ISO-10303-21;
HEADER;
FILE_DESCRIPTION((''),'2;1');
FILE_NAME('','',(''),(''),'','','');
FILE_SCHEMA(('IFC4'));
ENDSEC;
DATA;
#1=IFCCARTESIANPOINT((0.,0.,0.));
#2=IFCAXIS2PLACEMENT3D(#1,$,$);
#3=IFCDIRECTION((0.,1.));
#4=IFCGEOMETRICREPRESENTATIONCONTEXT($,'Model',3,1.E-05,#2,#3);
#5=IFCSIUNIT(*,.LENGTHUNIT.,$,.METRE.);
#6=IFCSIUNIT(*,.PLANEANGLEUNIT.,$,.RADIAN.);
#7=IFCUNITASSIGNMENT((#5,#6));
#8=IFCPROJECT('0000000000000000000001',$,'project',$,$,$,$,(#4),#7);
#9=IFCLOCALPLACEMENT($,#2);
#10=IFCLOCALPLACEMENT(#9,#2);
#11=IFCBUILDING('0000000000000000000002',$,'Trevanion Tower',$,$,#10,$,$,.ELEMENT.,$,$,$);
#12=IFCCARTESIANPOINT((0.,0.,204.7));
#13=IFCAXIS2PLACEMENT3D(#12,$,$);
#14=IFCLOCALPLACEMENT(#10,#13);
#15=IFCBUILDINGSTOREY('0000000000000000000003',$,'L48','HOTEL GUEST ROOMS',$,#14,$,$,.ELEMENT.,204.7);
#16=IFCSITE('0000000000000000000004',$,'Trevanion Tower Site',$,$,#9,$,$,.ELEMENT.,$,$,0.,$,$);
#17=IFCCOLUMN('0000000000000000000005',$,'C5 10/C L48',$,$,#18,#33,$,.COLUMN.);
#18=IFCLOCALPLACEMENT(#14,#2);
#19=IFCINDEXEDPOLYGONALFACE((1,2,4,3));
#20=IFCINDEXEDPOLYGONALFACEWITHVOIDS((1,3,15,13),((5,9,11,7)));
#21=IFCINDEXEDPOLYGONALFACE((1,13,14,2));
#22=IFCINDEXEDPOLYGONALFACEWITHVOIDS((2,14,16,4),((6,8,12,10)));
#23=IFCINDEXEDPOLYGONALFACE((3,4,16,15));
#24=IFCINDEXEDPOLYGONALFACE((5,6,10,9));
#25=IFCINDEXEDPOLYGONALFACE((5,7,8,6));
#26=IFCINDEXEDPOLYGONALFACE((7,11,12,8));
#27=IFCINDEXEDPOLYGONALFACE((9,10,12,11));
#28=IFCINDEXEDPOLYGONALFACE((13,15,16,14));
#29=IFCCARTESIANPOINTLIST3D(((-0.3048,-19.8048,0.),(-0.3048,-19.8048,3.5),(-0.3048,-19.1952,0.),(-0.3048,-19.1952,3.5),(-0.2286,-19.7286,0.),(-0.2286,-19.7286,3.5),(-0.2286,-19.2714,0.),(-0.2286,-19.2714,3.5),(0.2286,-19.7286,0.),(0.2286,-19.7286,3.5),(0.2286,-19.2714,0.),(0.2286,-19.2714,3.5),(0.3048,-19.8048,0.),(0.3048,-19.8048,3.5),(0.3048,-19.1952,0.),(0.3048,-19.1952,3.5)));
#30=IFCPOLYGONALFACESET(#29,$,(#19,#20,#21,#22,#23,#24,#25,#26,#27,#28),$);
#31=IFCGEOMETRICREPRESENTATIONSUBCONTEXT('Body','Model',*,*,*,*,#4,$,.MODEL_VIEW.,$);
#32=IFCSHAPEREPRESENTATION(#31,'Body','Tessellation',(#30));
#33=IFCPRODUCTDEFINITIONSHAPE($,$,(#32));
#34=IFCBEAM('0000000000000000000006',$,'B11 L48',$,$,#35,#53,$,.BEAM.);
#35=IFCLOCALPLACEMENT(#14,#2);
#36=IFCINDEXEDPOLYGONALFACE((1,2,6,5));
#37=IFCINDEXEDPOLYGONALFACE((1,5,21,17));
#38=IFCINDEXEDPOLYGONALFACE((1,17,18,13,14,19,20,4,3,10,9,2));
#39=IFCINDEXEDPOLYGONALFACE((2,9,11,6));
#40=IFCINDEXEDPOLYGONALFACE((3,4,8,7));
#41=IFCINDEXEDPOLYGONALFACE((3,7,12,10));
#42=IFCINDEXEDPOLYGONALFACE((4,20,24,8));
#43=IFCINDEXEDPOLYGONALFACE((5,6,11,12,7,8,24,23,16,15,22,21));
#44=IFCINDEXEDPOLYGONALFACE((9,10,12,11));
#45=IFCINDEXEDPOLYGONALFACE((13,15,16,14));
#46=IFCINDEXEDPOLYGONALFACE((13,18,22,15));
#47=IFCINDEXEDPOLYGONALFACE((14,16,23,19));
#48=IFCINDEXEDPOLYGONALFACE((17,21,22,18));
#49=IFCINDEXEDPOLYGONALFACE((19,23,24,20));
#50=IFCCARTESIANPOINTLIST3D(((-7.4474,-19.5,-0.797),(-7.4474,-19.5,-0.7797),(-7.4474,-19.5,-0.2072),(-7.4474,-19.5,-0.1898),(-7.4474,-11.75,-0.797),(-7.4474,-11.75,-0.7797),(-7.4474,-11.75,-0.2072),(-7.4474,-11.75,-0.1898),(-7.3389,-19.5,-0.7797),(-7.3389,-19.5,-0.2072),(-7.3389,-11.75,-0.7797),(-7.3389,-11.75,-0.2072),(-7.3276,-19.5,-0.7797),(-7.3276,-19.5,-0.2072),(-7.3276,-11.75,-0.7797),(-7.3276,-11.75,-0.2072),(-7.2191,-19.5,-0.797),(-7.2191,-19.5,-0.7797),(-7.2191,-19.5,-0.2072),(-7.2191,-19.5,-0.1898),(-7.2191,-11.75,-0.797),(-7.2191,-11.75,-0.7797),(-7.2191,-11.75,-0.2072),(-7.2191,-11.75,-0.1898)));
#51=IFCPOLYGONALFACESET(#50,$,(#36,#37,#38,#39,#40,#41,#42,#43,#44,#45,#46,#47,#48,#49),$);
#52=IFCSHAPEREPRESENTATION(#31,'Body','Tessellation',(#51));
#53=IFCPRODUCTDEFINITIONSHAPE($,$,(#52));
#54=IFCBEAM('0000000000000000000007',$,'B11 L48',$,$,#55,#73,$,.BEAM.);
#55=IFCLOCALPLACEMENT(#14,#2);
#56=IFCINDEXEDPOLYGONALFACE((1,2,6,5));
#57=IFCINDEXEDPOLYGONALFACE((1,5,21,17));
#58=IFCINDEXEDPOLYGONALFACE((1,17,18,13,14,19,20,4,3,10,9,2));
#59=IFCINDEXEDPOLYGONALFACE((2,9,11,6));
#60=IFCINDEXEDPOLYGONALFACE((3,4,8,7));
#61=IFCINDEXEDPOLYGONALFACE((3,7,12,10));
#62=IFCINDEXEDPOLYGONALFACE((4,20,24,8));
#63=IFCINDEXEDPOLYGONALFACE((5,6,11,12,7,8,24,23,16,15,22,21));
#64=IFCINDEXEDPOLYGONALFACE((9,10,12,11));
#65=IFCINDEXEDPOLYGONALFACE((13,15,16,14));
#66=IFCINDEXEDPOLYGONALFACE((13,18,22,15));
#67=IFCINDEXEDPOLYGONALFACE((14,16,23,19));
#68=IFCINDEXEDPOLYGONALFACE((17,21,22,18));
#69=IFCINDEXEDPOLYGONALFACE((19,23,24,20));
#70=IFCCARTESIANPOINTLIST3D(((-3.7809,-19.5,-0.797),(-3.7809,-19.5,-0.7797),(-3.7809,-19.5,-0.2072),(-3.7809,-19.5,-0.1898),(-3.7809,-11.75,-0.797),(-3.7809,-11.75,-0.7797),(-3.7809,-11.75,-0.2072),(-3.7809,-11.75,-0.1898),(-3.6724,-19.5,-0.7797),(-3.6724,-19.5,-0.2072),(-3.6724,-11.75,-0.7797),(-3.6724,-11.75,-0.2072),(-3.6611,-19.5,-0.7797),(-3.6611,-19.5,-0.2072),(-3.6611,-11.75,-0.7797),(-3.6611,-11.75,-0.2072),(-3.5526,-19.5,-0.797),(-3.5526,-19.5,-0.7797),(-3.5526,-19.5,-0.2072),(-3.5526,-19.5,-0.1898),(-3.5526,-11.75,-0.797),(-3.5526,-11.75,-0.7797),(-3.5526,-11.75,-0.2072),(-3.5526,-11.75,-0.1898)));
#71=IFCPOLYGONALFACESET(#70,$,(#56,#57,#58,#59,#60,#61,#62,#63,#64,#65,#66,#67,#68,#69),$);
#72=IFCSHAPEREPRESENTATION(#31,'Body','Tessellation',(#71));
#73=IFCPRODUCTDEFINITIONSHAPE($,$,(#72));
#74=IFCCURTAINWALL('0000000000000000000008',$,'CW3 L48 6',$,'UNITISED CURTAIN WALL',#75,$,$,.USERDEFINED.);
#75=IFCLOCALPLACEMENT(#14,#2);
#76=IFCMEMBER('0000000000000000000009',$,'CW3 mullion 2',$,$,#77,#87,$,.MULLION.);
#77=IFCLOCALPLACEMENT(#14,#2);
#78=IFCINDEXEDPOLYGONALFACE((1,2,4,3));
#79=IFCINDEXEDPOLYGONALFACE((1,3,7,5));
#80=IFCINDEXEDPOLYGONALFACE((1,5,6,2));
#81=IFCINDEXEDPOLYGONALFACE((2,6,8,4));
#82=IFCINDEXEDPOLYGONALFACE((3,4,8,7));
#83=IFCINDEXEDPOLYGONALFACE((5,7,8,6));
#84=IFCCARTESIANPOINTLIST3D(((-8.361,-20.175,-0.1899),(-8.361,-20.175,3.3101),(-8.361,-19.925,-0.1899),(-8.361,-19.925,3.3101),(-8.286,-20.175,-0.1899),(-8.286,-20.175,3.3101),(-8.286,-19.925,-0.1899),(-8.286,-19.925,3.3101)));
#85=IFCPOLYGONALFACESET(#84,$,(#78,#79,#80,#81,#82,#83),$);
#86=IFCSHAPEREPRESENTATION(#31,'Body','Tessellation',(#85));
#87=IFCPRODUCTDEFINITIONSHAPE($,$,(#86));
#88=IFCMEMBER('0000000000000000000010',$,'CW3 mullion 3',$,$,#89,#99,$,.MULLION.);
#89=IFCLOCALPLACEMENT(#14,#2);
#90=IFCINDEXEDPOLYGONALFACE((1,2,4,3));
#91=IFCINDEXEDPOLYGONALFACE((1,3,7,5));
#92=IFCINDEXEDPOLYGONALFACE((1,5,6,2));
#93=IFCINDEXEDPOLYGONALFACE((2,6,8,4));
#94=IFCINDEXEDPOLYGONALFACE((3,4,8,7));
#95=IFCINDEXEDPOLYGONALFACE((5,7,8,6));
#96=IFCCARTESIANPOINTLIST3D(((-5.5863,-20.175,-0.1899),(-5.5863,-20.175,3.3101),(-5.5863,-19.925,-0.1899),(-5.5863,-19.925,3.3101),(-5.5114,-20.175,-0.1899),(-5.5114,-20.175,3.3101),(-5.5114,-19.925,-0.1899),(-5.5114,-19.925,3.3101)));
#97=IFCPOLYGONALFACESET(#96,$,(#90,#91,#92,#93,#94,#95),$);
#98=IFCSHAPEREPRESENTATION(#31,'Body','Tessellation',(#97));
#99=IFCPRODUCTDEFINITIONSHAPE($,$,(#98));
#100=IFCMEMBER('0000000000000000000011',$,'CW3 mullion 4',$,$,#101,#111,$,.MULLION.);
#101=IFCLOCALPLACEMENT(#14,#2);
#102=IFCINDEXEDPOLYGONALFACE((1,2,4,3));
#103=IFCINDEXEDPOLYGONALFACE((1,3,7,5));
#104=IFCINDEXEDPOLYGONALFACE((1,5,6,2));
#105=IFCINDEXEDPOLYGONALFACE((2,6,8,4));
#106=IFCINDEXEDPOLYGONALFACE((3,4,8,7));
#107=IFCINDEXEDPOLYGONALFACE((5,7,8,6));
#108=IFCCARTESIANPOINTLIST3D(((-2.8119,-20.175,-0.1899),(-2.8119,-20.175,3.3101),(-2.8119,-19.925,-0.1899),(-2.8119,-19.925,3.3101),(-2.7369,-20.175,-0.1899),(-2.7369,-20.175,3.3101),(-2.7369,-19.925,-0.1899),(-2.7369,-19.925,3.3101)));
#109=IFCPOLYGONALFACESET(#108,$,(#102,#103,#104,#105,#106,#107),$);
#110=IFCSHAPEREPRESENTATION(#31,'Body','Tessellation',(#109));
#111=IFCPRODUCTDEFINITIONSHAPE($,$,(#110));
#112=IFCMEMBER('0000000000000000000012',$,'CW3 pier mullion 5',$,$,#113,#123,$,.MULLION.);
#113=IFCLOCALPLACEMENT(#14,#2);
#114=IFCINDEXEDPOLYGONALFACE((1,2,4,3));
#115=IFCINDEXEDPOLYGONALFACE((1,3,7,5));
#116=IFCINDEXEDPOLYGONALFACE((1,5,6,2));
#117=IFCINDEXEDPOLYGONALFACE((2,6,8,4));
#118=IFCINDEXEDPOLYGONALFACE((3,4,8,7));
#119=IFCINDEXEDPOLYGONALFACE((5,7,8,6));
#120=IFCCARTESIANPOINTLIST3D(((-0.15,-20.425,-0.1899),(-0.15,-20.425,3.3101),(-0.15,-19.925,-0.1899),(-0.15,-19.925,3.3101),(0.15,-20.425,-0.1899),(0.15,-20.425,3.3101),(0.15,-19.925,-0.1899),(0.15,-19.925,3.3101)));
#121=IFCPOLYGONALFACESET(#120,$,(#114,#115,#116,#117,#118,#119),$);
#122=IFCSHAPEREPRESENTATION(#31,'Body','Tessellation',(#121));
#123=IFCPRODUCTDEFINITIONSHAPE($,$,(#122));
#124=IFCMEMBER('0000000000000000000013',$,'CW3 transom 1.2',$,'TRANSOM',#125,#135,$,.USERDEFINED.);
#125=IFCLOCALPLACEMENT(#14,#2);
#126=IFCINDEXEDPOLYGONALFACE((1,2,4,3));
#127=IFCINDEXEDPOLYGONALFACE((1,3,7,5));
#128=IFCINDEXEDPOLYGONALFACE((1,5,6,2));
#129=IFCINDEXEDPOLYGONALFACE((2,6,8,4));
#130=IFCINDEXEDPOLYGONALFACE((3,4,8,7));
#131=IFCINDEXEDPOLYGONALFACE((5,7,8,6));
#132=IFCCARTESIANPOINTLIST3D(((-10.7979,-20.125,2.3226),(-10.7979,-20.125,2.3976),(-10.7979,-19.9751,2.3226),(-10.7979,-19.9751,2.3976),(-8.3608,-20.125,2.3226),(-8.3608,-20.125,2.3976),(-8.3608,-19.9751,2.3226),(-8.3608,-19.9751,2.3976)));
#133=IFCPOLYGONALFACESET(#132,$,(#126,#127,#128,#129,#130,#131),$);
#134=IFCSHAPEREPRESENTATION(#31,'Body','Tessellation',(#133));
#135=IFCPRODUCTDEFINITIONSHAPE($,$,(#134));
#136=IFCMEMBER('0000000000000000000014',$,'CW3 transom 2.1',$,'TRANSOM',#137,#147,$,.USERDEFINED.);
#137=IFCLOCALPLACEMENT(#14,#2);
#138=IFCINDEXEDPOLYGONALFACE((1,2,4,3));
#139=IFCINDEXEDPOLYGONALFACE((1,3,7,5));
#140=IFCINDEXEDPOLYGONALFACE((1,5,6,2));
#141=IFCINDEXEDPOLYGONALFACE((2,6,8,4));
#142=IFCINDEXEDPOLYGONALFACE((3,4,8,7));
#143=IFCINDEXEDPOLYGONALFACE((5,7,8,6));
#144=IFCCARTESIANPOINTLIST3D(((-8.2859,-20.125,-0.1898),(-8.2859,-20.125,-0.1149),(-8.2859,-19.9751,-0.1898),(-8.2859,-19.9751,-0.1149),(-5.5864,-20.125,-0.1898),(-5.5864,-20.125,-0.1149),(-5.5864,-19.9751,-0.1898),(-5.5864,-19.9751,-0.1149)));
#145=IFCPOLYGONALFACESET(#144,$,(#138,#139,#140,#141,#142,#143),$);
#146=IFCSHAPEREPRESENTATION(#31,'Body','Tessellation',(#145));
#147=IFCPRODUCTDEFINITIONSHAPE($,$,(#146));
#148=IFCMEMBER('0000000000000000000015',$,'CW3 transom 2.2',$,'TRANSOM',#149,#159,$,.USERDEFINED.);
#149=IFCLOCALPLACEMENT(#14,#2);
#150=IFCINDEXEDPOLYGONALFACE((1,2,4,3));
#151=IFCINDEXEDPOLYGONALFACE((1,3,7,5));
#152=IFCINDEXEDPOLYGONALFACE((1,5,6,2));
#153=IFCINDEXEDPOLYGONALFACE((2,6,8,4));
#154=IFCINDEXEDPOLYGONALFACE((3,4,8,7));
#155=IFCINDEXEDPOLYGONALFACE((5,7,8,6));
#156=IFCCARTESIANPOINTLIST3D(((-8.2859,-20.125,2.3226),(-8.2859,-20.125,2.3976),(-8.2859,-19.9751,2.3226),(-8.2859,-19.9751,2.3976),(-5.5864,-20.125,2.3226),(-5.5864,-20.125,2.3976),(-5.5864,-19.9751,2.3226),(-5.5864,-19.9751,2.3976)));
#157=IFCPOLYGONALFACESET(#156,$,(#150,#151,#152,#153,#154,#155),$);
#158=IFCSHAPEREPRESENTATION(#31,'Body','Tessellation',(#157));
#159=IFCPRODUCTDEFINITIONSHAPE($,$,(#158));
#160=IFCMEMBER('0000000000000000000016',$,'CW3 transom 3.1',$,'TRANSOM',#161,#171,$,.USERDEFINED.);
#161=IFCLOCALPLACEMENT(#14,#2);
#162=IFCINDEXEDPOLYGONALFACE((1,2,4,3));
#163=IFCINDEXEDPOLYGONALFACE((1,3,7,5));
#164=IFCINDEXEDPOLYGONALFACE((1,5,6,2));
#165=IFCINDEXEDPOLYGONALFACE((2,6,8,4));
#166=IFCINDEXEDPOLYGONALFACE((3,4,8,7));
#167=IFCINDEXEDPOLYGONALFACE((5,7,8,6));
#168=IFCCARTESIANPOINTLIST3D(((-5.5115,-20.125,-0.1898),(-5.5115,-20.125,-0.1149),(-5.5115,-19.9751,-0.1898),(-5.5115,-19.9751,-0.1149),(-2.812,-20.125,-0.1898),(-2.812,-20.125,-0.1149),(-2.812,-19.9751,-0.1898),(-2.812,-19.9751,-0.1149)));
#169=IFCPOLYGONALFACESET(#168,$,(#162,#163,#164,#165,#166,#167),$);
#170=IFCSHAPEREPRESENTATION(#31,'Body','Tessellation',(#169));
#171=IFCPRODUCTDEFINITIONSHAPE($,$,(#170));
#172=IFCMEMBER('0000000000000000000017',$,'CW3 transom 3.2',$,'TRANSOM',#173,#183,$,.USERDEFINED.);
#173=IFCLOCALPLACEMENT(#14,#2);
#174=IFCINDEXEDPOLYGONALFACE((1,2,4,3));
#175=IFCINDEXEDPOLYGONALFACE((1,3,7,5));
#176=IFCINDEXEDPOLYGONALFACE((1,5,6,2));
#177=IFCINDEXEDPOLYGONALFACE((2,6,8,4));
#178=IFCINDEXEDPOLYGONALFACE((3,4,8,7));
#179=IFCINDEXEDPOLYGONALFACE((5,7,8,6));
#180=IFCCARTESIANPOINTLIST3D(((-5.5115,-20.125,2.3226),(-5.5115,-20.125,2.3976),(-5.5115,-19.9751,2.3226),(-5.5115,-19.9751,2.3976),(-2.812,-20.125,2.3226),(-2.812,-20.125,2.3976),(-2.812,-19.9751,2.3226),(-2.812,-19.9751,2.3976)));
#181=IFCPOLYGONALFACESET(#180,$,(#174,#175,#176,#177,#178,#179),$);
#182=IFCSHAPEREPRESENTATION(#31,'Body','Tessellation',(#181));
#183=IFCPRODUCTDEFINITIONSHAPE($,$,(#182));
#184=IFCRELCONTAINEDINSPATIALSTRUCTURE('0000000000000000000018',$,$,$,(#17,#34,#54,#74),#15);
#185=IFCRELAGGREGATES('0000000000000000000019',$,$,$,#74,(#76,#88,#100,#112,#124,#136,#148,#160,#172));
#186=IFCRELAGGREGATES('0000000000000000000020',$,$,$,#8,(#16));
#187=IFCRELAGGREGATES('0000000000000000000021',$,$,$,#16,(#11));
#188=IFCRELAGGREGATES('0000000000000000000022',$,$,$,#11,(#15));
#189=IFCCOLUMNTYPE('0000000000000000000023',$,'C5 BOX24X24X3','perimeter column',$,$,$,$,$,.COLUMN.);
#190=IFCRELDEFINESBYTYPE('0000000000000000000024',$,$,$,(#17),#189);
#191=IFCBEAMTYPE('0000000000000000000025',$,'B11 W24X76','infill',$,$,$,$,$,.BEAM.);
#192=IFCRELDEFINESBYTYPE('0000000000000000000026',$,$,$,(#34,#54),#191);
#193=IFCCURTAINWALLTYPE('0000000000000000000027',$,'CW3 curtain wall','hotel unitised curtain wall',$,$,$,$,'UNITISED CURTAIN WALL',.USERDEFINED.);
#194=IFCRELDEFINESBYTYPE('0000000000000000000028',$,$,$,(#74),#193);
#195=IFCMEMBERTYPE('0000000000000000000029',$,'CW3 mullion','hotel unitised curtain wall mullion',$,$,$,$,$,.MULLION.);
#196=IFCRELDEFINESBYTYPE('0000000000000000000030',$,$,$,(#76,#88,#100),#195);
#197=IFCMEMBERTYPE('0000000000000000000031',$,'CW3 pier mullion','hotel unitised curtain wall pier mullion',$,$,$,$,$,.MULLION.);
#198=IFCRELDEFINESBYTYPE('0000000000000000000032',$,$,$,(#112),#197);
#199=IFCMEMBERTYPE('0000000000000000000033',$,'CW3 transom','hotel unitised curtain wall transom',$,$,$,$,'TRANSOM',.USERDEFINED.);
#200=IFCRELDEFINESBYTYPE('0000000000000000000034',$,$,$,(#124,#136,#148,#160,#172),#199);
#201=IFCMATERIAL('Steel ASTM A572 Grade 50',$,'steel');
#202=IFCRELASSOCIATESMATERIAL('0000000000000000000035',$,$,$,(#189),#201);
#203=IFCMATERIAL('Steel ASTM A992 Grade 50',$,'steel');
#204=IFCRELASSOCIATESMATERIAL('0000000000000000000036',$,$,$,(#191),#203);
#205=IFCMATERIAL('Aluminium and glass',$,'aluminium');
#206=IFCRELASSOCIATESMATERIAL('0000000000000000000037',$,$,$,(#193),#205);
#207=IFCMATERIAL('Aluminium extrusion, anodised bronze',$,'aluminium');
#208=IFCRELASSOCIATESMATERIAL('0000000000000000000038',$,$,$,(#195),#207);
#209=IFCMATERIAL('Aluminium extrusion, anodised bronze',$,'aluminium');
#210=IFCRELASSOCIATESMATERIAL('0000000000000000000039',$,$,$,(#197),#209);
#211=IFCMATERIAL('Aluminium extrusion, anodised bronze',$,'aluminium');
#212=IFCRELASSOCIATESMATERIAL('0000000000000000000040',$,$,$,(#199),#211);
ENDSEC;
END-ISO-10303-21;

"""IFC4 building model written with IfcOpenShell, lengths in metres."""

from ifc_helpers import new_model, si_unit, direction, frame, origin, origin_2d, place, context, subcontext, project, spatial, rectangle, hollow_rectangle, i_section, extrude, material, material_profile, profile_set, type_object, element, aggregate, save


model = new_model("IFC4")

# Units and contexts
model_context = context("Model", 3, precision=1e-05, world=origin(), true_north=direction((0.0, 1.0)))
body_context = subcontext(model_context, "Body", "Model", "MODEL_VIEW")
ifc_project = project(units=[si_unit("LENGTHUNIT", "METRE"), si_unit("PLANEANGLEUNIT", "RADIAN")], contexts=[model_context])

# Site, building, storey
site_placement = place(None, origin())
site = spatial("IfcSite", under=ifc_project, at=site_placement, Name="Trevanion Tower Site", CompositionType="ELEMENT", RefElevation=0.0)
building_placement = place(site_placement, origin())
building = spatial("IfcBuilding", under=site, at=building_placement, Name="Trevanion Tower", CompositionType="ELEMENT")
storey_placement = place(building_placement, frame((0.0, 0.0, 204.7)))
storey = spatial("IfcBuildingStorey", under=building, at=storey_placement, Name="L48", Description="HOTEL GUEST ROOMS", CompositionType="ELEMENT", Elevation=204.7)

# Column
ifc_material_1 = material(Name="Steel ASTM A572 Grade 50", Category="steel")
ifc_material_profile_1 = material_profile(ifc_material_1, hollow_rectangle(XDim=0.6096, YDim=0.6096, WallThickness=0.0762, at=origin_2d()), Name="BOX24X24X3")
ifc_profile_set_1 = profile_set([ifc_material_profile_1], Name="Steel ASTM A572 Grade 50")
column_type = type_object("IfcColumnType", Name="C5 BOX24X24X3", Description="perimeter column", PredefinedType="COLUMN", material=ifc_profile_set_1)
column_placement = place(storey_placement, frame((0.0, -19.5, 0.0), z_axis=(0.0, 0.0, 1.0), x_axis=(1.0, 0.0, 0.0)))
element("IfcColumn", 1, at=column_placement, inside=storey, type_object=column_type, Name="C5 10/C L48", PredefinedType="COLUMN", context=body_context, shape_type="SweptSolid", body=[
    extrude(hollow_rectangle(XDim=0.6096, YDim=0.6096, WallThickness=0.0762, at=origin_2d()), origin(), (0.0, 0.0, 1.0), 3.5),
])

# Beams
ifc_material_2 = material(Name="Steel ASTM A992 Grade 50", Category="steel")
ifc_material_profile_2 = material_profile(ifc_material_2, i_section(OverallWidth=0.2283, OverallDepth=0.6072, WebThickness=0.0112, FlangeThickness=0.0173, at=origin_2d()), Name="W24X76")
ifc_profile_set_2 = profile_set([ifc_material_profile_2], Name="Steel ASTM A992 Grade 50")
beam_type_1 = type_object("IfcBeamType", Name="B11 W24X76", Description="infill", PredefinedType="BEAM", material=ifc_profile_set_2)
for number, where, z_axis, x_axis, name in (
    (2, (-7.3333, -11.75, -0.4934), (0.0, -1.0, 0.0), (1.0, 0.0, 0.0), "B11 L48"),
    (3, (-3.6667, -11.75, -0.4934), (0.0, -1.0, 0.0), (1.0, 0.0, 0.0), "B11 L48"),
):
    element("IfcBeam", number, at=place(storey_placement, frame(where, z_axis=z_axis, x_axis=x_axis)), inside=storey, type_object=beam_type_1, Name=name, PredefinedType="BEAM", context=body_context, shape_type="SweptSolid", body=[
        extrude(i_section(OverallWidth=0.2283, OverallDepth=0.6072, WebThickness=0.0112, FlangeThickness=0.0173, at=origin_2d()), origin(), (0.0, 0.0, 1.0), 7.75),
    ])

# Curtain wall, members
ifc_material_3 = material(Name="Aluminium and glass", Category="aluminium")
curtain_wall_type = type_object("IfcCurtainWallType", Name="CW3 curtain wall", Description="hotel unitised curtain wall", ElementType="UNITISED CURTAIN WALL", PredefinedType="USERDEFINED", material=ifc_material_3)
curtain_wall_placement = place(storey_placement, origin())
curtain_wall = element("IfcCurtainWall", 4, at=curtain_wall_placement, inside=storey, type_object=curtain_wall_type, Name="CW3 L48 6", ObjectType="UNITISED CURTAIN WALL", PredefinedType="USERDEFINED")
ifc_material_4 = material(Name="Aluminium extrusion, anodised bronze", Category="aluminium")
ifc_material_profile_3 = material_profile(ifc_material_4, rectangle(XDim=0.075, YDim=0.25, at=origin_2d()), Name="CW3 mullion")
ifc_profile_set_3 = profile_set([ifc_material_profile_3], Name="Aluminium extrusion, anodised bronze")
member_type_1 = type_object("IfcMemberType", Name="CW3 mullion", Description="hotel unitised curtain wall mullion", PredefinedType="MULLION", material=ifc_profile_set_3)
member_1_placement = place(storey_placement, frame((-8.3235, -20.05, -0.1899), z_axis=(0.0, 0.0, 1.0), x_axis=(1.0, 0.0, 0.0)))
member_1 = element("IfcMember", 5, at=member_1_placement, type_object=member_type_1, Name="CW3 mullion 2", PredefinedType="MULLION", context=body_context, shape_type="SweptSolid", body=[
    extrude(rectangle(XDim=0.075, YDim=0.25, at=origin_2d()), origin(), (0.0, 0.0, 1.0), 3.5),
])
member_2_placement = place(storey_placement, frame((-5.5488, -20.05, -0.1899), z_axis=(0.0, 0.0, 1.0), x_axis=(1.0, 0.0, 0.0)))
member_2 = element("IfcMember", 6, at=member_2_placement, type_object=member_type_1, Name="CW3 mullion 3", PredefinedType="MULLION", context=body_context, shape_type="SweptSolid", body=[
    extrude(rectangle(XDim=0.075, YDim=0.25, at=origin_2d()), origin(), (0.0, 0.0, 1.0), 3.5),
])
member_3_placement = place(storey_placement, frame((-2.7744, -20.05, -0.1899), z_axis=(0.0, 0.0, 1.0), x_axis=(1.0, 0.0, 0.0)))
member_3 = element("IfcMember", 7, at=member_3_placement, type_object=member_type_1, Name="CW3 mullion 4", PredefinedType="MULLION", context=body_context, shape_type="SweptSolid", body=[
    extrude(rectangle(XDim=0.075, YDim=0.25, at=origin_2d()), origin(), (0.0, 0.0, 1.0), 3.5),
])
ifc_material_5 = material(Name="Aluminium extrusion, anodised bronze", Category="aluminium")
ifc_material_profile_4 = material_profile(ifc_material_5, rectangle(XDim=0.3, YDim=0.5, at=origin_2d()), Name="CW3 pier mullion")
ifc_profile_set_4 = profile_set([ifc_material_profile_4], Name="Aluminium extrusion, anodised bronze")
member_type_2 = type_object("IfcMemberType", Name="CW3 pier mullion", Description="hotel unitised curtain wall pier mullion", PredefinedType="MULLION", material=ifc_profile_set_4)
member_4_placement = place(storey_placement, frame((0.0, -20.175, -0.1899), z_axis=(0.0, 0.0, 1.0), x_axis=(1.0, 0.0, 0.0)))
member_4 = element("IfcMember", 8, at=member_4_placement, type_object=member_type_2, Name="CW3 pier mullion 5", PredefinedType="MULLION", context=body_context, shape_type="SweptSolid", body=[
    extrude(rectangle(XDim=0.3, YDim=0.5, at=origin_2d()), origin(), (0.0, 0.0, 1.0), 3.5),
])
ifc_material_6 = material(Name="Aluminium extrusion, anodised bronze", Category="aluminium")
ifc_material_profile_5 = material_profile(ifc_material_6, rectangle(XDim=0.1499, YDim=0.075, at=origin_2d()), Name="CW3 transom")
ifc_profile_set_5 = profile_set([ifc_material_profile_5], Name="Aluminium extrusion, anodised bronze")
member_type_3 = type_object("IfcMemberType", Name="CW3 transom", Description="hotel unitised curtain wall transom", ElementType="TRANSOM", PredefinedType="USERDEFINED", material=ifc_profile_set_5)
member_5_placement = place(storey_placement, frame((-10.7979, -20.05, 2.3601), z_axis=(1.0, 0.0, 0.0), x_axis=(0.0, 1.0, 0.0)))
member_5 = element("IfcMember", 9, at=member_5_placement, type_object=member_type_3, Name="CW3 transom 1.2", ObjectType="TRANSOM", PredefinedType="USERDEFINED", context=body_context, shape_type="SweptSolid", body=[
    extrude(rectangle(XDim=0.1499, YDim=0.075, at=origin_2d()), origin(), (0.0, 0.0, 1.0), 2.437),
])
member_6_placement = place(storey_placement, frame((-8.2859, -20.05, -0.1523), z_axis=(1.0, 0.0, 0.0), x_axis=(0.0, 1.0, 0.0)))
member_6 = element("IfcMember", 10, at=member_6_placement, type_object=member_type_3, Name="CW3 transom 2.1", ObjectType="TRANSOM", PredefinedType="USERDEFINED", context=body_context, shape_type="SweptSolid", body=[
    extrude(rectangle(XDim=0.1499, YDim=0.075, at=origin_2d()), origin(), (0.0, 0.0, 1.0), 2.6995),
])
member_7_placement = place(storey_placement, frame((-8.2859, -20.05, 2.3601), z_axis=(1.0, 0.0, 0.0), x_axis=(0.0, 1.0, 0.0)))
member_7 = element("IfcMember", 11, at=member_7_placement, type_object=member_type_3, Name="CW3 transom 2.2", ObjectType="TRANSOM", PredefinedType="USERDEFINED", context=body_context, shape_type="SweptSolid", body=[
    extrude(rectangle(XDim=0.1499, YDim=0.075, at=origin_2d()), origin(), (0.0, 0.0, 1.0), 2.6995),
])
member_8_placement = place(storey_placement, frame((-5.5115, -20.05, -0.1523), z_axis=(1.0, 0.0, 0.0), x_axis=(0.0, 1.0, 0.0)))
member_8 = element("IfcMember", 12, at=member_8_placement, type_object=member_type_3, Name="CW3 transom 3.1", ObjectType="TRANSOM", PredefinedType="USERDEFINED", context=body_context, shape_type="SweptSolid", body=[
    extrude(rectangle(XDim=0.1499, YDim=0.075, at=origin_2d()), origin(), (0.0, 0.0, 1.0), 2.6995),
])
member_9_placement = place(storey_placement, frame((-5.5115, -20.05, 2.3601), z_axis=(1.0, 0.0, 0.0), x_axis=(0.0, 1.0, 0.0)))
member_9 = element("IfcMember", 13, at=member_9_placement, type_object=member_type_3, Name="CW3 transom 3.2", ObjectType="TRANSOM", PredefinedType="USERDEFINED", context=body_context, shape_type="SweptSolid", body=[
    extrude(rectangle(XDim=0.1499, YDim=0.075, at=origin_2d()), origin(), (0.0, 0.0, 1.0), 2.6995),
])

aggregate(curtain_wall, [member_1, member_2, member_3, member_4, member_5, member_6, member_7, member_8, member_9])

save(model, "model.ifc")
